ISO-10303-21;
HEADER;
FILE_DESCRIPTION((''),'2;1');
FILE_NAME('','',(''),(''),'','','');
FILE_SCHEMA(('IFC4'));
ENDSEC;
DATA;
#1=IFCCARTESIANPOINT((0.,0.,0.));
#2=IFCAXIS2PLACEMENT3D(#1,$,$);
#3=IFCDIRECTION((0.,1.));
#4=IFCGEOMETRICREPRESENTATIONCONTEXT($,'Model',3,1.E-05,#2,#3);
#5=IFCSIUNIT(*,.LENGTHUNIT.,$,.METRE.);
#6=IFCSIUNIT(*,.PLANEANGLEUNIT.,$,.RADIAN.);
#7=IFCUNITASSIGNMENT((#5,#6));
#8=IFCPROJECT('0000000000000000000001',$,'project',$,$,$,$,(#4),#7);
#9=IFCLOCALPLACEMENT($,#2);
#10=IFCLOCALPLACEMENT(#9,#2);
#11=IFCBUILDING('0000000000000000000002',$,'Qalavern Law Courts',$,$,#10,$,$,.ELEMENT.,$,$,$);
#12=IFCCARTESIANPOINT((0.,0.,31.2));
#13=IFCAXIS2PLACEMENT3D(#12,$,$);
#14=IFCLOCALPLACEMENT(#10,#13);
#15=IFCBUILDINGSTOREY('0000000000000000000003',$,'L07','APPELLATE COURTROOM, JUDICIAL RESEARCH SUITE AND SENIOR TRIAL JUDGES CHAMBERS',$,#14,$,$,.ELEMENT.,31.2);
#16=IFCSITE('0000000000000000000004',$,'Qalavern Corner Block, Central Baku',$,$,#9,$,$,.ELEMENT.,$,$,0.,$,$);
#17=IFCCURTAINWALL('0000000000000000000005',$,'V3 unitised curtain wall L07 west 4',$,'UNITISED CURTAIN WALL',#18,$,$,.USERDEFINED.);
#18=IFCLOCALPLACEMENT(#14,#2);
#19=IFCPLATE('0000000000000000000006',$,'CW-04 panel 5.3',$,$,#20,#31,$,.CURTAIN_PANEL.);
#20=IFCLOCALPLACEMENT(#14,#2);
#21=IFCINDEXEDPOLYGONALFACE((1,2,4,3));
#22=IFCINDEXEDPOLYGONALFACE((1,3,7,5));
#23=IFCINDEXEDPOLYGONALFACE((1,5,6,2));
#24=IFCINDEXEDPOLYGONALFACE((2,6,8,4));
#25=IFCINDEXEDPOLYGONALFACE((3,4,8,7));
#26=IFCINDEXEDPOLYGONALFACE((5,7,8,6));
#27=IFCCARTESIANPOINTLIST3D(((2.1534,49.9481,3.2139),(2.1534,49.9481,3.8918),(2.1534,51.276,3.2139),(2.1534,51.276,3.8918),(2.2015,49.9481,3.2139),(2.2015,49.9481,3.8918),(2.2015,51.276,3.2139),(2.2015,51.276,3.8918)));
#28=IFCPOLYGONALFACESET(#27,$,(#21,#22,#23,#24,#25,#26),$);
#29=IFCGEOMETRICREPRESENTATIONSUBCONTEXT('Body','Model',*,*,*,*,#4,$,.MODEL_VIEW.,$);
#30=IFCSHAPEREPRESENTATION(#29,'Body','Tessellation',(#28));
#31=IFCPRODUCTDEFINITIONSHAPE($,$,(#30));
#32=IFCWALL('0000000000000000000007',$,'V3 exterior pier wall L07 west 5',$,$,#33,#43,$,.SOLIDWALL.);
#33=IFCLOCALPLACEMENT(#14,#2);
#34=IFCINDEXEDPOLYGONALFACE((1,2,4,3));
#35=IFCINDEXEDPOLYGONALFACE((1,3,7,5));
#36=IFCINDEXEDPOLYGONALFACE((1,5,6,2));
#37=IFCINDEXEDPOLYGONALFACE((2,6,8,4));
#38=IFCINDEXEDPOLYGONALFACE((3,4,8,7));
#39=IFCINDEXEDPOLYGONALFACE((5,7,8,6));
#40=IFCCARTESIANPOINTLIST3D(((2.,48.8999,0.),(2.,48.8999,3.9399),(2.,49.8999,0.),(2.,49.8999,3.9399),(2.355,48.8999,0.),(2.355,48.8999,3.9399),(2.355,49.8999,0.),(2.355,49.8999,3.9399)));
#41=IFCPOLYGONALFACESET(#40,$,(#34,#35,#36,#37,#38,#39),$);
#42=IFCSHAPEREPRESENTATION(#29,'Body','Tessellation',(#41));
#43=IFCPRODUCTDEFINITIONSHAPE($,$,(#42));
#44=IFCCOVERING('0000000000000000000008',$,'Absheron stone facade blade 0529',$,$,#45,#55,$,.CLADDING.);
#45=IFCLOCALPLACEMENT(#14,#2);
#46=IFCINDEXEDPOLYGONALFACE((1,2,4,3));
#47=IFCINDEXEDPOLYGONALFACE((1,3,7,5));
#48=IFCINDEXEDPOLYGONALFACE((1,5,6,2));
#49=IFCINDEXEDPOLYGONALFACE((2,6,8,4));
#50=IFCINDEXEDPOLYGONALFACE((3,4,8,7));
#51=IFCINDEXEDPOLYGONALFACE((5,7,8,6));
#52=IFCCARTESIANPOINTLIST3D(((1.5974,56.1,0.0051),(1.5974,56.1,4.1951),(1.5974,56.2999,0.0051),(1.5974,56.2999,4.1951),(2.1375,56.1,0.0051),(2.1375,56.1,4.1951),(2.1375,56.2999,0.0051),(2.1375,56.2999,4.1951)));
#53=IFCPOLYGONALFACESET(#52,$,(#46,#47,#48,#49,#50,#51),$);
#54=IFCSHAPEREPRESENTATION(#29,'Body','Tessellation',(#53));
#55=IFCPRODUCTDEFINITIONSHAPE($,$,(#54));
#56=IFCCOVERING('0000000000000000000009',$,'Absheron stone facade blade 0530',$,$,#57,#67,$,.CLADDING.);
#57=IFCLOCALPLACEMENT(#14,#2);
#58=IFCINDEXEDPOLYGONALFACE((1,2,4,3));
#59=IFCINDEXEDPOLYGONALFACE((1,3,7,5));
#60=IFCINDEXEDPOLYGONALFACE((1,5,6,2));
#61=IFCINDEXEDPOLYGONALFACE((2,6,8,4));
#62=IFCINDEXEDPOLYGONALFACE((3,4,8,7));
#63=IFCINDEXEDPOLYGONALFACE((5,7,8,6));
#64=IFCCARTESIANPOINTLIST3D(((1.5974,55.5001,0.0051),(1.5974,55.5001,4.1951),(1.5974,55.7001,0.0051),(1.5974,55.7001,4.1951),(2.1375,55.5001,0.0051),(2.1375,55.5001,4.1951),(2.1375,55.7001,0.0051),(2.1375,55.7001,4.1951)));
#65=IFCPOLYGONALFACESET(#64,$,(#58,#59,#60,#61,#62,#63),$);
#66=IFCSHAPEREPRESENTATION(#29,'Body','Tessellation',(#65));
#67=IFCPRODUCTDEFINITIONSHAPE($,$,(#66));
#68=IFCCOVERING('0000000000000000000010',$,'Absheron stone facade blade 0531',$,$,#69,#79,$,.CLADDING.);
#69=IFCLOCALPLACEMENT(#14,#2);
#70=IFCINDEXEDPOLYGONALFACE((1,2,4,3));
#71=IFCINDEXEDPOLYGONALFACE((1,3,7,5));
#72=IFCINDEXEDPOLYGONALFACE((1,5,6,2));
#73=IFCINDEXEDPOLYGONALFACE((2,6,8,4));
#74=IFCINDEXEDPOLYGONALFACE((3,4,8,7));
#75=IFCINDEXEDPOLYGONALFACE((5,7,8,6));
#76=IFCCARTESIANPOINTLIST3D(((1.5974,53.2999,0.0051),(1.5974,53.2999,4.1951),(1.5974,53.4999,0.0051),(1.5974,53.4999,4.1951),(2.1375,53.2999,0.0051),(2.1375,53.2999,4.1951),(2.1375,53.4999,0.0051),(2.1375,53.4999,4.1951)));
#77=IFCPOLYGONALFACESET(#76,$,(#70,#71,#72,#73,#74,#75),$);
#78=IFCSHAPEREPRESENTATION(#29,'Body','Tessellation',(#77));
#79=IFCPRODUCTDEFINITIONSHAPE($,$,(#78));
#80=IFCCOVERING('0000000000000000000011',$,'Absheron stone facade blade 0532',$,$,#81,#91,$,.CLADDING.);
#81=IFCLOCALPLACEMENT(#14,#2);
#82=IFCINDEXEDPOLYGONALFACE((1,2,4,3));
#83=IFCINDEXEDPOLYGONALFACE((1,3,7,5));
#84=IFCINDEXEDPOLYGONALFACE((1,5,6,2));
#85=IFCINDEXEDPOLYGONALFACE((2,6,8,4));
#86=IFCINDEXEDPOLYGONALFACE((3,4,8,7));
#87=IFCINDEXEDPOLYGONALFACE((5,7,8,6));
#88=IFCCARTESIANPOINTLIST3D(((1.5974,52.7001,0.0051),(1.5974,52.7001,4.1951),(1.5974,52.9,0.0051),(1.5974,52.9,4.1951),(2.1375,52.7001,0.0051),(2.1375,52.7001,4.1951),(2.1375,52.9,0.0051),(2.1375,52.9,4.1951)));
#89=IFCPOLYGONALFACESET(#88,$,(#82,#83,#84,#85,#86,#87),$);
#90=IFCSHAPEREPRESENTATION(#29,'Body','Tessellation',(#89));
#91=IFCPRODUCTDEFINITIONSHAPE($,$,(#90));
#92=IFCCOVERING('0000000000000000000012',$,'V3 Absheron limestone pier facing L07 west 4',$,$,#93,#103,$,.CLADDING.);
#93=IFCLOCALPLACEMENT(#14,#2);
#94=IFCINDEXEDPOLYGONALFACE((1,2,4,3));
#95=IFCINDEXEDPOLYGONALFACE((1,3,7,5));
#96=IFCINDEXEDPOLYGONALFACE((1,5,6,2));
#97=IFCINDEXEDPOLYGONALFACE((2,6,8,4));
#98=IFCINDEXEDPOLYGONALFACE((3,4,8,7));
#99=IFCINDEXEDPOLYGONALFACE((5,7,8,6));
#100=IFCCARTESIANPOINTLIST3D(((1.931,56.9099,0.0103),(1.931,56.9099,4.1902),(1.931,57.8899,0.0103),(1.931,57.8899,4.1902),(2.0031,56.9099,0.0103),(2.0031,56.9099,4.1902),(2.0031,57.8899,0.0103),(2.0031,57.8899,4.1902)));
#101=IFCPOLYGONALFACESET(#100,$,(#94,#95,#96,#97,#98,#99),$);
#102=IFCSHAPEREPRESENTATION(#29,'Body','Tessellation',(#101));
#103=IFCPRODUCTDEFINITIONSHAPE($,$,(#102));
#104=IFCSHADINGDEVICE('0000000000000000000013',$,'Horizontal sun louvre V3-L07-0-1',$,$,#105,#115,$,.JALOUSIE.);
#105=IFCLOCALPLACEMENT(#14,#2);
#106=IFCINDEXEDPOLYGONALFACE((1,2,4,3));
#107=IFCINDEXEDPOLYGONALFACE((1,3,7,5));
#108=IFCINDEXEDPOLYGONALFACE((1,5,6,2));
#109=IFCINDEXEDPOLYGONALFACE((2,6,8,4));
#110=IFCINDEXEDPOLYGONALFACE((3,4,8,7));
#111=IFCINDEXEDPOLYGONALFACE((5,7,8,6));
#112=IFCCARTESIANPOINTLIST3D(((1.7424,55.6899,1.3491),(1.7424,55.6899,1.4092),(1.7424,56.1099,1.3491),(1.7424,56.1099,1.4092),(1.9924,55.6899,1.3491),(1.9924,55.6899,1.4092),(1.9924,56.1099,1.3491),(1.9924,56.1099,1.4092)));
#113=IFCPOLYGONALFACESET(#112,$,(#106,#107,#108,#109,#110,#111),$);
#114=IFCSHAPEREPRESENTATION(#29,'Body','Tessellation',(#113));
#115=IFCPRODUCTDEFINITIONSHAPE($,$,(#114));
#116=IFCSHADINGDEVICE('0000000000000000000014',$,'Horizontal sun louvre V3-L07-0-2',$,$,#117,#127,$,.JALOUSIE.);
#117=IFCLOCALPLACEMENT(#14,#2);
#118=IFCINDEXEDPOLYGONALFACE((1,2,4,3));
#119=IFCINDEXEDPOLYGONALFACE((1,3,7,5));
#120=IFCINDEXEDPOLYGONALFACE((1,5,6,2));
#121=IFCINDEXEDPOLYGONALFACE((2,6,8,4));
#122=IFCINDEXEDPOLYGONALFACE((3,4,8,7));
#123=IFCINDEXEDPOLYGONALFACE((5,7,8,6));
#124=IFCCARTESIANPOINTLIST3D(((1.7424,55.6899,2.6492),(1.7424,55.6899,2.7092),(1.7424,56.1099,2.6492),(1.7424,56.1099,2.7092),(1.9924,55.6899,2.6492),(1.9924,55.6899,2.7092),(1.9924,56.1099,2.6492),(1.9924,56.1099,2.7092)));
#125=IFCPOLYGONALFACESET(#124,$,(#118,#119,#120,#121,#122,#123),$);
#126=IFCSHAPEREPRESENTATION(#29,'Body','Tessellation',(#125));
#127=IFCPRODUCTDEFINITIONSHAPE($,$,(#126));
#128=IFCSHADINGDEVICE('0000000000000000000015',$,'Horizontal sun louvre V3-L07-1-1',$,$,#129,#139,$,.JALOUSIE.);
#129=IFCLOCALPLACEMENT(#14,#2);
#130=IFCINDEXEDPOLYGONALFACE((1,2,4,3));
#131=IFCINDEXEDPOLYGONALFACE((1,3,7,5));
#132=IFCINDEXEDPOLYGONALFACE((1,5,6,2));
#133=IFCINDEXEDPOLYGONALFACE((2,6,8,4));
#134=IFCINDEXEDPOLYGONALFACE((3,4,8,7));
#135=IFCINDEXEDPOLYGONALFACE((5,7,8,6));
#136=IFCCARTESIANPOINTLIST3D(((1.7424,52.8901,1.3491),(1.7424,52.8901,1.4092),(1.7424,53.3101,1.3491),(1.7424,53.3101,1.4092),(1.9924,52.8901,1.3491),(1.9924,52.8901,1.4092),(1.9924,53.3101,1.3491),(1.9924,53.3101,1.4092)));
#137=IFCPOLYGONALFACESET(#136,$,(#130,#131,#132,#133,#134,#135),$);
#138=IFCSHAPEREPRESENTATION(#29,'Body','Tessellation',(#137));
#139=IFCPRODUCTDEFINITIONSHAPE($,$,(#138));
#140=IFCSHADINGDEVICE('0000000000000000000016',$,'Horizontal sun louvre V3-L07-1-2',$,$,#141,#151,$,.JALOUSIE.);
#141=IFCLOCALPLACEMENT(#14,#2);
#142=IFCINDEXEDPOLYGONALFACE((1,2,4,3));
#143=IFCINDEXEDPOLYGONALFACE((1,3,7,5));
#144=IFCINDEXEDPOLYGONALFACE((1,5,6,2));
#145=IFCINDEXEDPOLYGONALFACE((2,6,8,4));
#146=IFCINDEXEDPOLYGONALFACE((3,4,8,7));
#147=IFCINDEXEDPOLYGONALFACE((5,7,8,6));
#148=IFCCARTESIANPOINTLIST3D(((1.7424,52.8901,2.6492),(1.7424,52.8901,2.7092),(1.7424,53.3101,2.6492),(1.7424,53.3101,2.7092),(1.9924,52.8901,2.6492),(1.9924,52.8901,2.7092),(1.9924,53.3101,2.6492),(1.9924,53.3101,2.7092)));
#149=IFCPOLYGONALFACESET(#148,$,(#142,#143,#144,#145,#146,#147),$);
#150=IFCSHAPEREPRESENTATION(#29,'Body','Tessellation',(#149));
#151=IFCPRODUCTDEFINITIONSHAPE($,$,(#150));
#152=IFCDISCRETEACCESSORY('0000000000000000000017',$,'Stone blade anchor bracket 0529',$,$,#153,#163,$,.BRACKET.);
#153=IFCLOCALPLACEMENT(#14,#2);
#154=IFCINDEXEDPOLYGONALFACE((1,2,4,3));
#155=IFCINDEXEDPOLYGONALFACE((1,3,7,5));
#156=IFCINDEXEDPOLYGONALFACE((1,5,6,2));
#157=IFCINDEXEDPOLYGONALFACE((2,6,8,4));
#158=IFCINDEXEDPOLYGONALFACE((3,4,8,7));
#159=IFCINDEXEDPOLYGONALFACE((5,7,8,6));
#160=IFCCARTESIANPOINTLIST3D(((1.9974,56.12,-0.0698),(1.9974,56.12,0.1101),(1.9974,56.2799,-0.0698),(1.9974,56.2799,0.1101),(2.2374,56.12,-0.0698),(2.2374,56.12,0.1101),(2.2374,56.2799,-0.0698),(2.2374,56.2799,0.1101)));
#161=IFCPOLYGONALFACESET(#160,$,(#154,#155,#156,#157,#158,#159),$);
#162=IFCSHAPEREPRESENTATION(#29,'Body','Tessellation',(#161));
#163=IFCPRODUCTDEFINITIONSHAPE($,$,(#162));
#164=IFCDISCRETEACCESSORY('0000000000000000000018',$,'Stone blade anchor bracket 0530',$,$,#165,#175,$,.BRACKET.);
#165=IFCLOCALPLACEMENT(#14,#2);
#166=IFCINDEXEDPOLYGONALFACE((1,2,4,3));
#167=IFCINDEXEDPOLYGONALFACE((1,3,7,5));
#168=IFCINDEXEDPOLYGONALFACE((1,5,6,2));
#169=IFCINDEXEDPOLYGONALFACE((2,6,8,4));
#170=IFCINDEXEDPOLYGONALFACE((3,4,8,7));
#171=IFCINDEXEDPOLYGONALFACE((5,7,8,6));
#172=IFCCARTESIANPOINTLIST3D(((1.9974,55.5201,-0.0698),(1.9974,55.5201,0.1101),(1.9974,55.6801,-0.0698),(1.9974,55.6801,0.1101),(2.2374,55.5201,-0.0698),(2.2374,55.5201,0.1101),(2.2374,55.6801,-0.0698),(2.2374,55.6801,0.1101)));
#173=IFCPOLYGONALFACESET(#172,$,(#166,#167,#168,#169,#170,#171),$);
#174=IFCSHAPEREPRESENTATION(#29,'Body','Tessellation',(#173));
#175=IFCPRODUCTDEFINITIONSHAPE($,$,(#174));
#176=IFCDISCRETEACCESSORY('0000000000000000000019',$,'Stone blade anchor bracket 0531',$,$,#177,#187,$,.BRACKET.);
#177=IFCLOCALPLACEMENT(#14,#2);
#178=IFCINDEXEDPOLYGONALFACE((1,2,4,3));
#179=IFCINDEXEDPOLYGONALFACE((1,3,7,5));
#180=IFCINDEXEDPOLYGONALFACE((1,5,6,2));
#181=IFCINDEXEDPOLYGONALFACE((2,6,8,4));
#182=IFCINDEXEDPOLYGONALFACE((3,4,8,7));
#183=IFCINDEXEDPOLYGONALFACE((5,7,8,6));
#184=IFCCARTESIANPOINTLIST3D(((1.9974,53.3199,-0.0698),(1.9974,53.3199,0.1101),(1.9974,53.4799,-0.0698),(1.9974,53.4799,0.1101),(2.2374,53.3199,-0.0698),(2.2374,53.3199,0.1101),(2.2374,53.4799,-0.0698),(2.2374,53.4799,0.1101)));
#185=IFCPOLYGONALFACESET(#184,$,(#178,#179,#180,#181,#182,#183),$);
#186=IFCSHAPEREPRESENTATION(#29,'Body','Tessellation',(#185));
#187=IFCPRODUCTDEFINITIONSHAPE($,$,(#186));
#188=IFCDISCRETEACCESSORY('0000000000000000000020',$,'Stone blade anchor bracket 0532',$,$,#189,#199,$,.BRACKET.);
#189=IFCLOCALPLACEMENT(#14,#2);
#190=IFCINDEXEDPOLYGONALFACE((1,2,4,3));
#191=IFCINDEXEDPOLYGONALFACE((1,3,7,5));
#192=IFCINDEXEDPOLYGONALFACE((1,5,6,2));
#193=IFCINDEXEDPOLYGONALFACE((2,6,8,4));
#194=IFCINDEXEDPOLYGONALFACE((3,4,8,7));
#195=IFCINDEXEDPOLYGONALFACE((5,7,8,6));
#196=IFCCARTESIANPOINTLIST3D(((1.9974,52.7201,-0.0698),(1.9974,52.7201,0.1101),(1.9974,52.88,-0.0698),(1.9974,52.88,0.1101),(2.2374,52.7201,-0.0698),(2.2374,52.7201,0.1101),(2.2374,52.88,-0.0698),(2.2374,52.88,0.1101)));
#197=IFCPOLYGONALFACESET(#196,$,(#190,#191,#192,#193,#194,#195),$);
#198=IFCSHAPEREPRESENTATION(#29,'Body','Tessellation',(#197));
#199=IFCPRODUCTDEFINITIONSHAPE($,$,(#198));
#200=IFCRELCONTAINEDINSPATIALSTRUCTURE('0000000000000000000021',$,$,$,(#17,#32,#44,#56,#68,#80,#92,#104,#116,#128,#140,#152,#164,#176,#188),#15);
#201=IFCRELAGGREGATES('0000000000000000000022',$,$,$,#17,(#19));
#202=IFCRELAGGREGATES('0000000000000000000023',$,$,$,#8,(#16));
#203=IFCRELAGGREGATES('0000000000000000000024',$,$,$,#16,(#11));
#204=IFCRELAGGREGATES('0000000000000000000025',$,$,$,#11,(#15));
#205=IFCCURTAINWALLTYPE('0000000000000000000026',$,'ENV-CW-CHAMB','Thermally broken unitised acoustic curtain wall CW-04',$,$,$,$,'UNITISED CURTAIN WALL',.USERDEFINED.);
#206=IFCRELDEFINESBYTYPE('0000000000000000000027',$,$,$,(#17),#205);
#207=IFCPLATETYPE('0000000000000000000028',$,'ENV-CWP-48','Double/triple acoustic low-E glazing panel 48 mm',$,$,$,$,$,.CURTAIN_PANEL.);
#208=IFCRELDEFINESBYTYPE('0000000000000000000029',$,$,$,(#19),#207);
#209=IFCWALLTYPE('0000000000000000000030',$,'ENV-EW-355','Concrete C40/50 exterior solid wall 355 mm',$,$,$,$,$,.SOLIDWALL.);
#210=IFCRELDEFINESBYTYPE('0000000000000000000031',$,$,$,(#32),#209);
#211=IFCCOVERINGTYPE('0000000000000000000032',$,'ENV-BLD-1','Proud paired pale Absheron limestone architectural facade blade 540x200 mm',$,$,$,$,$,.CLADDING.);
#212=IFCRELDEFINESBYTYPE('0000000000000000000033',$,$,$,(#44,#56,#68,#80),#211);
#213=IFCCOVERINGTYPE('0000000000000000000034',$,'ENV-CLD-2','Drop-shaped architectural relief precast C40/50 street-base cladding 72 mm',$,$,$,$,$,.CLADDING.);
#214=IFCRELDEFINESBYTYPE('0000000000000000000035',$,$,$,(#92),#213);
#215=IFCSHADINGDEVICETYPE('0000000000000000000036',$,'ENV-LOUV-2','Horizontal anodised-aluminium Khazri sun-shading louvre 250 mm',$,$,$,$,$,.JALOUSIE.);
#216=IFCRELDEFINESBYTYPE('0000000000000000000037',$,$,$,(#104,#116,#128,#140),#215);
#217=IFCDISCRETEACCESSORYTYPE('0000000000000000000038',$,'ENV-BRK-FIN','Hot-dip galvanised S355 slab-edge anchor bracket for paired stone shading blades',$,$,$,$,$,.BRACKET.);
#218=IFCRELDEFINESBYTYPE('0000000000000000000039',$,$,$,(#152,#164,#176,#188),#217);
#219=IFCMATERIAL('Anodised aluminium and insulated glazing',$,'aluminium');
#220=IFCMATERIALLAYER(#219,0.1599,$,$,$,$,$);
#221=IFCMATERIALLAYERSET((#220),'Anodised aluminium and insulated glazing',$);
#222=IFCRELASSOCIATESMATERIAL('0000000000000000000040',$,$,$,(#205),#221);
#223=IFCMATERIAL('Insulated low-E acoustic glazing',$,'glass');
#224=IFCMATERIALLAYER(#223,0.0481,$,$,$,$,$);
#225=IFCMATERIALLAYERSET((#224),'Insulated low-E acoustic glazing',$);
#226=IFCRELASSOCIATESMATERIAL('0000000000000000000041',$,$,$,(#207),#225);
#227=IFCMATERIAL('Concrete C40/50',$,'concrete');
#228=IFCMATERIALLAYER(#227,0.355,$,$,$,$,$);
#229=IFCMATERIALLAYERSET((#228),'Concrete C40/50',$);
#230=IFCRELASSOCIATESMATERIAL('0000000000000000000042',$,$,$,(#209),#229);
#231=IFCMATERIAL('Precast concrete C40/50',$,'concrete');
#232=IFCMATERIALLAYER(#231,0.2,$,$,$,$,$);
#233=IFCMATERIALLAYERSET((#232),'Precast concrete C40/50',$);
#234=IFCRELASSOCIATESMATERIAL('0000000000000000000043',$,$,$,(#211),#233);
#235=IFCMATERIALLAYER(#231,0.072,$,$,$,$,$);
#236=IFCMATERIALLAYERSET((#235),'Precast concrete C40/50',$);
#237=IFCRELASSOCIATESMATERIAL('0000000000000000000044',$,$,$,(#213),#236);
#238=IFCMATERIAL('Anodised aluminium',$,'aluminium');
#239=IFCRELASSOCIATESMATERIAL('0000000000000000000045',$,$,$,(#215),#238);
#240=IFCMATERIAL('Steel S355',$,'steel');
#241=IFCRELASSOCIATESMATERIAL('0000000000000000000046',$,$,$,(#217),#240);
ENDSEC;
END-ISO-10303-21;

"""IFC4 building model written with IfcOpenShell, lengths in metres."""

from ifc_helpers import new_model, si_unit, direction, frame, frame_2d, origin, origin_2d, place, context, subcontext, project, spatial, rectangle, extrude, material, layer, layer_set, type_object, element, aggregate, save


model = new_model("IFC4")

# Units and contexts
model_context = context("Model", 3, precision=1e-05, world=origin(), true_north=direction((0.0, 1.0)))
body_context = subcontext(model_context, "Body", "Model", "MODEL_VIEW")
ifc_project = project(units=[si_unit("LENGTHUNIT", "METRE"), si_unit("PLANEANGLEUNIT", "RADIAN")], contexts=[model_context])

# Site, building, storey
site_placement = place(None, origin())
site = spatial("IfcSite", under=ifc_project, at=site_placement, Name="Qalavern Corner Block, Central Baku", CompositionType="ELEMENT", RefElevation=0.0)
building_placement = place(site_placement, origin())
building = spatial("IfcBuilding", under=site, at=building_placement, Name="Qalavern Law Courts", CompositionType="ELEMENT")
storey_placement = place(building_placement, frame((0.0, 0.0, 31.2)))
storey = spatial("IfcBuildingStorey", under=building, at=storey_placement, Name="L07", Description="APPELLATE COURTROOM, JUDICIAL RESEARCH SUITE AND SENIOR TRIAL JUDGES CHAMBERS", CompositionType="ELEMENT", Elevation=31.2)

# Curtain wall, plate
ifc_material_1 = material(Name="Anodised aluminium and insulated glazing", Category="aluminium")
ifc_layer_1 = layer(ifc_material_1, 0.1599)
ifc_layer_set_1 = layer_set([ifc_layer_1], Name="Anodised aluminium and insulated glazing")
curtain_wall_type = type_object("IfcCurtainWallType", Name="ENV-CW-CHAMB", Description="Thermally broken unitised acoustic curtain wall CW-04", ElementType="UNITISED CURTAIN WALL", PredefinedType="USERDEFINED", material=ifc_layer_set_1)
curtain_wall_placement = place(storey_placement, origin())
curtain_wall = element("IfcCurtainWall", 1, at=curtain_wall_placement, inside=storey, type_object=curtain_wall_type, Name="V3 unitised curtain wall L07 west 4", ObjectType="UNITISED CURTAIN WALL", PredefinedType="USERDEFINED")
ifc_material_2 = material(Name="Anodised aluminium", Category="aluminium")
ifc_material_3 = material(Name="Insulated low-E acoustic glazing", Category="glass")
ifc_layer_2 = layer(ifc_material_3, 0.0481)
ifc_layer_set_2 = layer_set([ifc_layer_2], Name="Insulated low-E acoustic glazing")
plate_type = type_object("IfcPlateType", Name="ENV-CWP-48", Description="Double/triple acoustic low-E glazing panel 48 mm", PredefinedType="CURTAIN_PANEL", material=ifc_layer_set_2)
plate_1_placement = place(storey_placement, frame((2.1775, 50.6121, 3.2139), z_axis=(0.0, 0.0, 1.0), x_axis=(0.0, -1.0, 0.0)))
plate_1 = element("IfcPlate", 2, at=plate_1_placement, type_object=plate_type, Name="CW-04 panel 5.3", PredefinedType="CURTAIN_PANEL", context=body_context, shape_type="SweptSolid", body=[
    extrude(rectangle(XDim=1.3279, YDim=0.0481, at=origin_2d()), origin(), (0.0, 0.0, 1.0), 0.678),
])
aggregate(curtain_wall, [plate_1])

# Wall
ifc_material_4 = material(Name="Concrete C40/50", Category="concrete")
ifc_layer_3 = layer(ifc_material_4, 0.355)
ifc_layer_set_3 = layer_set([ifc_layer_3], Name="Concrete C40/50")
wall_type = type_object("IfcWallType", Name="ENV-EW-355", Description="Concrete C40/50 exterior solid wall 355 mm", PredefinedType="SOLIDWALL", material=ifc_layer_set_3)
wall_placement = place(storey_placement, frame((2.1775, 49.8999, 0.0), z_axis=(0.0, 0.0, 1.0), x_axis=(0.0, -1.0, 0.0)))
element("IfcWall", 3, at=wall_placement, inside=storey, type_object=wall_type, Name="V3 exterior pier wall L07 west 5", PredefinedType="SOLIDWALL", context=body_context, shape_type="SweptSolid", body=[
    extrude(rectangle(XDim=1.0, YDim=0.355, at=frame_2d((0.5, 0.0))), origin(), (0.0, 0.0, 1.0), 3.9399),
])

# Coverings
ifc_material_5 = material(Name="Precast concrete C40/50", Category="concrete")
ifc_layer_4 = layer(ifc_material_5, 0.2)
ifc_layer_set_4 = layer_set([ifc_layer_4], Name="Precast concrete C40/50")
covering_type_1 = type_object("IfcCoveringType", Name="ENV-BLD-1", Description="Proud paired pale Absheron limestone architectural facade blade 540x200 mm", PredefinedType="CLADDING", material=ifc_layer_set_4)
for number, where, z_axis, x_axis, name in (
    (4, (1.8674, 56.2, 0.0051), (0.0, 0.0, 1.0), (-1.0, 0.0, 0.0), "Absheron stone facade blade 0529"),
    (5, (1.8674, 55.6001, 0.0051), (0.0, 0.0, 1.0), (-1.0, 0.0, 0.0), "Absheron stone facade blade 0530"),
    (6, (1.8674, 53.3999, 0.0051), (0.0, 0.0, 1.0), (-1.0, 0.0, 0.0), "Absheron stone facade blade 0531"),
    (7, (1.8674, 52.8, 0.0051), (0.0, 0.0, 1.0), (-1.0, 0.0, 0.0), "Absheron stone facade blade 0532"),
):
    element("IfcCovering", number, at=place(storey_placement, frame(where, z_axis=z_axis, x_axis=x_axis)), inside=storey, type_object=covering_type_1, Name=name, PredefinedType="CLADDING", context=body_context, shape_type="SweptSolid", body=[
        extrude(rectangle(XDim=0.54, YDim=0.2, at=origin_2d()), origin(), (0.0, 0.0, 1.0), 4.1899),
    ])
ifc_layer_5 = layer(ifc_material_5, 0.072)
ifc_layer_set_5 = layer_set([ifc_layer_5], Name="Precast concrete C40/50")
covering_type_2 = type_object("IfcCoveringType", Name="ENV-CLD-2", Description="Drop-shaped architectural relief precast C40/50 street-base cladding 72 mm", PredefinedType="CLADDING", material=ifc_layer_set_5)
covering_placement = place(storey_placement, frame((1.967, 57.3999, 0.0103), z_axis=(0.0, 0.0, 1.0), x_axis=(0.0, -1.0, 0.0)))
element("IfcCovering", 8, at=covering_placement, inside=storey, type_object=covering_type_2, Name="V3 Absheron limestone pier facing L07 west 4", PredefinedType="CLADDING", context=body_context, shape_type="SweptSolid", body=[
    extrude(rectangle(XDim=0.98, YDim=0.072, at=origin_2d()), origin(), (0.0, 0.0, 1.0), 4.1799),
])

# Shading devices
shading_device_type = type_object("IfcShadingDeviceType", Name="ENV-LOUV-2", Description="Horizontal anodised-aluminium Khazri sun-shading louvre 250 mm", PredefinedType="JALOUSIE", material=ifc_material_2)
for number, where, z_axis, x_axis, name in (
    (9, (1.8674, 55.8999, 1.3491), (0.0, 0.0, 1.0), (0.0, -1.0, 0.0), "Horizontal sun louvre V3-L07-0-1"),
    (10, (1.8674, 55.8999, 2.6492), (0.0, 0.0, 1.0), (0.0, -1.0, 0.0), "Horizontal sun louvre V3-L07-0-2"),
    (11, (1.8674, 53.1001, 1.3491), (0.0, 0.0, 1.0), (0.0, -1.0, 0.0), "Horizontal sun louvre V3-L07-1-1"),
    (12, (1.8674, 53.1001, 2.6492), (0.0, 0.0, 1.0), (0.0, -1.0, 0.0), "Horizontal sun louvre V3-L07-1-2"),
):
    element("IfcShadingDevice", number, at=place(storey_placement, frame(where, z_axis=z_axis, x_axis=x_axis)), inside=storey, type_object=shading_device_type, Name=name, PredefinedType="JALOUSIE", context=body_context, shape_type="SweptSolid", body=[
        extrude(rectangle(XDim=0.4199, YDim=0.25, at=origin_2d()), origin(), (0.0, 0.0, 1.0), 0.0601),
    ])

# Discrete accessories
ifc_material_6 = material(Name="Steel S355", Category="steel")
discrete_accessory_type = type_object("IfcDiscreteAccessoryType", Name="ENV-BRK-FIN", Description="Hot-dip galvanised S355 slab-edge anchor bracket for paired stone shading blades", PredefinedType="BRACKET", material=ifc_material_6)
for number, where, z_axis, x_axis, name in (
    (13, (2.1174, 56.2, -0.0698), (0.0, 0.0, 1.0), (-1.0, 0.0, 0.0), "Stone blade anchor bracket 0529"),
    (14, (2.1174, 55.6001, -0.0698), (0.0, 0.0, 1.0), (-1.0, 0.0, 0.0), "Stone blade anchor bracket 0530"),
    (15, (2.1174, 53.3999, -0.0698), (0.0, 0.0, 1.0), (-1.0, 0.0, 0.0), "Stone blade anchor bracket 0531"),
    (16, (2.1174, 52.8, -0.0698), (0.0, 0.0, 1.0), (-1.0, 0.0, 0.0), "Stone blade anchor bracket 0532"),
):
    element("IfcDiscreteAccessory", number, at=place(storey_placement, frame(where, z_axis=z_axis, x_axis=x_axis)), inside=storey, type_object=discrete_accessory_type, Name=name, PredefinedType="BRACKET", context=body_context, shape_type="SweptSolid", body=[
        extrude(rectangle(XDim=0.24, YDim=0.1599, at=origin_2d()), origin(), (0.0, 0.0, 1.0), 0.1799),
    ])

save(model, "model.ifc")
